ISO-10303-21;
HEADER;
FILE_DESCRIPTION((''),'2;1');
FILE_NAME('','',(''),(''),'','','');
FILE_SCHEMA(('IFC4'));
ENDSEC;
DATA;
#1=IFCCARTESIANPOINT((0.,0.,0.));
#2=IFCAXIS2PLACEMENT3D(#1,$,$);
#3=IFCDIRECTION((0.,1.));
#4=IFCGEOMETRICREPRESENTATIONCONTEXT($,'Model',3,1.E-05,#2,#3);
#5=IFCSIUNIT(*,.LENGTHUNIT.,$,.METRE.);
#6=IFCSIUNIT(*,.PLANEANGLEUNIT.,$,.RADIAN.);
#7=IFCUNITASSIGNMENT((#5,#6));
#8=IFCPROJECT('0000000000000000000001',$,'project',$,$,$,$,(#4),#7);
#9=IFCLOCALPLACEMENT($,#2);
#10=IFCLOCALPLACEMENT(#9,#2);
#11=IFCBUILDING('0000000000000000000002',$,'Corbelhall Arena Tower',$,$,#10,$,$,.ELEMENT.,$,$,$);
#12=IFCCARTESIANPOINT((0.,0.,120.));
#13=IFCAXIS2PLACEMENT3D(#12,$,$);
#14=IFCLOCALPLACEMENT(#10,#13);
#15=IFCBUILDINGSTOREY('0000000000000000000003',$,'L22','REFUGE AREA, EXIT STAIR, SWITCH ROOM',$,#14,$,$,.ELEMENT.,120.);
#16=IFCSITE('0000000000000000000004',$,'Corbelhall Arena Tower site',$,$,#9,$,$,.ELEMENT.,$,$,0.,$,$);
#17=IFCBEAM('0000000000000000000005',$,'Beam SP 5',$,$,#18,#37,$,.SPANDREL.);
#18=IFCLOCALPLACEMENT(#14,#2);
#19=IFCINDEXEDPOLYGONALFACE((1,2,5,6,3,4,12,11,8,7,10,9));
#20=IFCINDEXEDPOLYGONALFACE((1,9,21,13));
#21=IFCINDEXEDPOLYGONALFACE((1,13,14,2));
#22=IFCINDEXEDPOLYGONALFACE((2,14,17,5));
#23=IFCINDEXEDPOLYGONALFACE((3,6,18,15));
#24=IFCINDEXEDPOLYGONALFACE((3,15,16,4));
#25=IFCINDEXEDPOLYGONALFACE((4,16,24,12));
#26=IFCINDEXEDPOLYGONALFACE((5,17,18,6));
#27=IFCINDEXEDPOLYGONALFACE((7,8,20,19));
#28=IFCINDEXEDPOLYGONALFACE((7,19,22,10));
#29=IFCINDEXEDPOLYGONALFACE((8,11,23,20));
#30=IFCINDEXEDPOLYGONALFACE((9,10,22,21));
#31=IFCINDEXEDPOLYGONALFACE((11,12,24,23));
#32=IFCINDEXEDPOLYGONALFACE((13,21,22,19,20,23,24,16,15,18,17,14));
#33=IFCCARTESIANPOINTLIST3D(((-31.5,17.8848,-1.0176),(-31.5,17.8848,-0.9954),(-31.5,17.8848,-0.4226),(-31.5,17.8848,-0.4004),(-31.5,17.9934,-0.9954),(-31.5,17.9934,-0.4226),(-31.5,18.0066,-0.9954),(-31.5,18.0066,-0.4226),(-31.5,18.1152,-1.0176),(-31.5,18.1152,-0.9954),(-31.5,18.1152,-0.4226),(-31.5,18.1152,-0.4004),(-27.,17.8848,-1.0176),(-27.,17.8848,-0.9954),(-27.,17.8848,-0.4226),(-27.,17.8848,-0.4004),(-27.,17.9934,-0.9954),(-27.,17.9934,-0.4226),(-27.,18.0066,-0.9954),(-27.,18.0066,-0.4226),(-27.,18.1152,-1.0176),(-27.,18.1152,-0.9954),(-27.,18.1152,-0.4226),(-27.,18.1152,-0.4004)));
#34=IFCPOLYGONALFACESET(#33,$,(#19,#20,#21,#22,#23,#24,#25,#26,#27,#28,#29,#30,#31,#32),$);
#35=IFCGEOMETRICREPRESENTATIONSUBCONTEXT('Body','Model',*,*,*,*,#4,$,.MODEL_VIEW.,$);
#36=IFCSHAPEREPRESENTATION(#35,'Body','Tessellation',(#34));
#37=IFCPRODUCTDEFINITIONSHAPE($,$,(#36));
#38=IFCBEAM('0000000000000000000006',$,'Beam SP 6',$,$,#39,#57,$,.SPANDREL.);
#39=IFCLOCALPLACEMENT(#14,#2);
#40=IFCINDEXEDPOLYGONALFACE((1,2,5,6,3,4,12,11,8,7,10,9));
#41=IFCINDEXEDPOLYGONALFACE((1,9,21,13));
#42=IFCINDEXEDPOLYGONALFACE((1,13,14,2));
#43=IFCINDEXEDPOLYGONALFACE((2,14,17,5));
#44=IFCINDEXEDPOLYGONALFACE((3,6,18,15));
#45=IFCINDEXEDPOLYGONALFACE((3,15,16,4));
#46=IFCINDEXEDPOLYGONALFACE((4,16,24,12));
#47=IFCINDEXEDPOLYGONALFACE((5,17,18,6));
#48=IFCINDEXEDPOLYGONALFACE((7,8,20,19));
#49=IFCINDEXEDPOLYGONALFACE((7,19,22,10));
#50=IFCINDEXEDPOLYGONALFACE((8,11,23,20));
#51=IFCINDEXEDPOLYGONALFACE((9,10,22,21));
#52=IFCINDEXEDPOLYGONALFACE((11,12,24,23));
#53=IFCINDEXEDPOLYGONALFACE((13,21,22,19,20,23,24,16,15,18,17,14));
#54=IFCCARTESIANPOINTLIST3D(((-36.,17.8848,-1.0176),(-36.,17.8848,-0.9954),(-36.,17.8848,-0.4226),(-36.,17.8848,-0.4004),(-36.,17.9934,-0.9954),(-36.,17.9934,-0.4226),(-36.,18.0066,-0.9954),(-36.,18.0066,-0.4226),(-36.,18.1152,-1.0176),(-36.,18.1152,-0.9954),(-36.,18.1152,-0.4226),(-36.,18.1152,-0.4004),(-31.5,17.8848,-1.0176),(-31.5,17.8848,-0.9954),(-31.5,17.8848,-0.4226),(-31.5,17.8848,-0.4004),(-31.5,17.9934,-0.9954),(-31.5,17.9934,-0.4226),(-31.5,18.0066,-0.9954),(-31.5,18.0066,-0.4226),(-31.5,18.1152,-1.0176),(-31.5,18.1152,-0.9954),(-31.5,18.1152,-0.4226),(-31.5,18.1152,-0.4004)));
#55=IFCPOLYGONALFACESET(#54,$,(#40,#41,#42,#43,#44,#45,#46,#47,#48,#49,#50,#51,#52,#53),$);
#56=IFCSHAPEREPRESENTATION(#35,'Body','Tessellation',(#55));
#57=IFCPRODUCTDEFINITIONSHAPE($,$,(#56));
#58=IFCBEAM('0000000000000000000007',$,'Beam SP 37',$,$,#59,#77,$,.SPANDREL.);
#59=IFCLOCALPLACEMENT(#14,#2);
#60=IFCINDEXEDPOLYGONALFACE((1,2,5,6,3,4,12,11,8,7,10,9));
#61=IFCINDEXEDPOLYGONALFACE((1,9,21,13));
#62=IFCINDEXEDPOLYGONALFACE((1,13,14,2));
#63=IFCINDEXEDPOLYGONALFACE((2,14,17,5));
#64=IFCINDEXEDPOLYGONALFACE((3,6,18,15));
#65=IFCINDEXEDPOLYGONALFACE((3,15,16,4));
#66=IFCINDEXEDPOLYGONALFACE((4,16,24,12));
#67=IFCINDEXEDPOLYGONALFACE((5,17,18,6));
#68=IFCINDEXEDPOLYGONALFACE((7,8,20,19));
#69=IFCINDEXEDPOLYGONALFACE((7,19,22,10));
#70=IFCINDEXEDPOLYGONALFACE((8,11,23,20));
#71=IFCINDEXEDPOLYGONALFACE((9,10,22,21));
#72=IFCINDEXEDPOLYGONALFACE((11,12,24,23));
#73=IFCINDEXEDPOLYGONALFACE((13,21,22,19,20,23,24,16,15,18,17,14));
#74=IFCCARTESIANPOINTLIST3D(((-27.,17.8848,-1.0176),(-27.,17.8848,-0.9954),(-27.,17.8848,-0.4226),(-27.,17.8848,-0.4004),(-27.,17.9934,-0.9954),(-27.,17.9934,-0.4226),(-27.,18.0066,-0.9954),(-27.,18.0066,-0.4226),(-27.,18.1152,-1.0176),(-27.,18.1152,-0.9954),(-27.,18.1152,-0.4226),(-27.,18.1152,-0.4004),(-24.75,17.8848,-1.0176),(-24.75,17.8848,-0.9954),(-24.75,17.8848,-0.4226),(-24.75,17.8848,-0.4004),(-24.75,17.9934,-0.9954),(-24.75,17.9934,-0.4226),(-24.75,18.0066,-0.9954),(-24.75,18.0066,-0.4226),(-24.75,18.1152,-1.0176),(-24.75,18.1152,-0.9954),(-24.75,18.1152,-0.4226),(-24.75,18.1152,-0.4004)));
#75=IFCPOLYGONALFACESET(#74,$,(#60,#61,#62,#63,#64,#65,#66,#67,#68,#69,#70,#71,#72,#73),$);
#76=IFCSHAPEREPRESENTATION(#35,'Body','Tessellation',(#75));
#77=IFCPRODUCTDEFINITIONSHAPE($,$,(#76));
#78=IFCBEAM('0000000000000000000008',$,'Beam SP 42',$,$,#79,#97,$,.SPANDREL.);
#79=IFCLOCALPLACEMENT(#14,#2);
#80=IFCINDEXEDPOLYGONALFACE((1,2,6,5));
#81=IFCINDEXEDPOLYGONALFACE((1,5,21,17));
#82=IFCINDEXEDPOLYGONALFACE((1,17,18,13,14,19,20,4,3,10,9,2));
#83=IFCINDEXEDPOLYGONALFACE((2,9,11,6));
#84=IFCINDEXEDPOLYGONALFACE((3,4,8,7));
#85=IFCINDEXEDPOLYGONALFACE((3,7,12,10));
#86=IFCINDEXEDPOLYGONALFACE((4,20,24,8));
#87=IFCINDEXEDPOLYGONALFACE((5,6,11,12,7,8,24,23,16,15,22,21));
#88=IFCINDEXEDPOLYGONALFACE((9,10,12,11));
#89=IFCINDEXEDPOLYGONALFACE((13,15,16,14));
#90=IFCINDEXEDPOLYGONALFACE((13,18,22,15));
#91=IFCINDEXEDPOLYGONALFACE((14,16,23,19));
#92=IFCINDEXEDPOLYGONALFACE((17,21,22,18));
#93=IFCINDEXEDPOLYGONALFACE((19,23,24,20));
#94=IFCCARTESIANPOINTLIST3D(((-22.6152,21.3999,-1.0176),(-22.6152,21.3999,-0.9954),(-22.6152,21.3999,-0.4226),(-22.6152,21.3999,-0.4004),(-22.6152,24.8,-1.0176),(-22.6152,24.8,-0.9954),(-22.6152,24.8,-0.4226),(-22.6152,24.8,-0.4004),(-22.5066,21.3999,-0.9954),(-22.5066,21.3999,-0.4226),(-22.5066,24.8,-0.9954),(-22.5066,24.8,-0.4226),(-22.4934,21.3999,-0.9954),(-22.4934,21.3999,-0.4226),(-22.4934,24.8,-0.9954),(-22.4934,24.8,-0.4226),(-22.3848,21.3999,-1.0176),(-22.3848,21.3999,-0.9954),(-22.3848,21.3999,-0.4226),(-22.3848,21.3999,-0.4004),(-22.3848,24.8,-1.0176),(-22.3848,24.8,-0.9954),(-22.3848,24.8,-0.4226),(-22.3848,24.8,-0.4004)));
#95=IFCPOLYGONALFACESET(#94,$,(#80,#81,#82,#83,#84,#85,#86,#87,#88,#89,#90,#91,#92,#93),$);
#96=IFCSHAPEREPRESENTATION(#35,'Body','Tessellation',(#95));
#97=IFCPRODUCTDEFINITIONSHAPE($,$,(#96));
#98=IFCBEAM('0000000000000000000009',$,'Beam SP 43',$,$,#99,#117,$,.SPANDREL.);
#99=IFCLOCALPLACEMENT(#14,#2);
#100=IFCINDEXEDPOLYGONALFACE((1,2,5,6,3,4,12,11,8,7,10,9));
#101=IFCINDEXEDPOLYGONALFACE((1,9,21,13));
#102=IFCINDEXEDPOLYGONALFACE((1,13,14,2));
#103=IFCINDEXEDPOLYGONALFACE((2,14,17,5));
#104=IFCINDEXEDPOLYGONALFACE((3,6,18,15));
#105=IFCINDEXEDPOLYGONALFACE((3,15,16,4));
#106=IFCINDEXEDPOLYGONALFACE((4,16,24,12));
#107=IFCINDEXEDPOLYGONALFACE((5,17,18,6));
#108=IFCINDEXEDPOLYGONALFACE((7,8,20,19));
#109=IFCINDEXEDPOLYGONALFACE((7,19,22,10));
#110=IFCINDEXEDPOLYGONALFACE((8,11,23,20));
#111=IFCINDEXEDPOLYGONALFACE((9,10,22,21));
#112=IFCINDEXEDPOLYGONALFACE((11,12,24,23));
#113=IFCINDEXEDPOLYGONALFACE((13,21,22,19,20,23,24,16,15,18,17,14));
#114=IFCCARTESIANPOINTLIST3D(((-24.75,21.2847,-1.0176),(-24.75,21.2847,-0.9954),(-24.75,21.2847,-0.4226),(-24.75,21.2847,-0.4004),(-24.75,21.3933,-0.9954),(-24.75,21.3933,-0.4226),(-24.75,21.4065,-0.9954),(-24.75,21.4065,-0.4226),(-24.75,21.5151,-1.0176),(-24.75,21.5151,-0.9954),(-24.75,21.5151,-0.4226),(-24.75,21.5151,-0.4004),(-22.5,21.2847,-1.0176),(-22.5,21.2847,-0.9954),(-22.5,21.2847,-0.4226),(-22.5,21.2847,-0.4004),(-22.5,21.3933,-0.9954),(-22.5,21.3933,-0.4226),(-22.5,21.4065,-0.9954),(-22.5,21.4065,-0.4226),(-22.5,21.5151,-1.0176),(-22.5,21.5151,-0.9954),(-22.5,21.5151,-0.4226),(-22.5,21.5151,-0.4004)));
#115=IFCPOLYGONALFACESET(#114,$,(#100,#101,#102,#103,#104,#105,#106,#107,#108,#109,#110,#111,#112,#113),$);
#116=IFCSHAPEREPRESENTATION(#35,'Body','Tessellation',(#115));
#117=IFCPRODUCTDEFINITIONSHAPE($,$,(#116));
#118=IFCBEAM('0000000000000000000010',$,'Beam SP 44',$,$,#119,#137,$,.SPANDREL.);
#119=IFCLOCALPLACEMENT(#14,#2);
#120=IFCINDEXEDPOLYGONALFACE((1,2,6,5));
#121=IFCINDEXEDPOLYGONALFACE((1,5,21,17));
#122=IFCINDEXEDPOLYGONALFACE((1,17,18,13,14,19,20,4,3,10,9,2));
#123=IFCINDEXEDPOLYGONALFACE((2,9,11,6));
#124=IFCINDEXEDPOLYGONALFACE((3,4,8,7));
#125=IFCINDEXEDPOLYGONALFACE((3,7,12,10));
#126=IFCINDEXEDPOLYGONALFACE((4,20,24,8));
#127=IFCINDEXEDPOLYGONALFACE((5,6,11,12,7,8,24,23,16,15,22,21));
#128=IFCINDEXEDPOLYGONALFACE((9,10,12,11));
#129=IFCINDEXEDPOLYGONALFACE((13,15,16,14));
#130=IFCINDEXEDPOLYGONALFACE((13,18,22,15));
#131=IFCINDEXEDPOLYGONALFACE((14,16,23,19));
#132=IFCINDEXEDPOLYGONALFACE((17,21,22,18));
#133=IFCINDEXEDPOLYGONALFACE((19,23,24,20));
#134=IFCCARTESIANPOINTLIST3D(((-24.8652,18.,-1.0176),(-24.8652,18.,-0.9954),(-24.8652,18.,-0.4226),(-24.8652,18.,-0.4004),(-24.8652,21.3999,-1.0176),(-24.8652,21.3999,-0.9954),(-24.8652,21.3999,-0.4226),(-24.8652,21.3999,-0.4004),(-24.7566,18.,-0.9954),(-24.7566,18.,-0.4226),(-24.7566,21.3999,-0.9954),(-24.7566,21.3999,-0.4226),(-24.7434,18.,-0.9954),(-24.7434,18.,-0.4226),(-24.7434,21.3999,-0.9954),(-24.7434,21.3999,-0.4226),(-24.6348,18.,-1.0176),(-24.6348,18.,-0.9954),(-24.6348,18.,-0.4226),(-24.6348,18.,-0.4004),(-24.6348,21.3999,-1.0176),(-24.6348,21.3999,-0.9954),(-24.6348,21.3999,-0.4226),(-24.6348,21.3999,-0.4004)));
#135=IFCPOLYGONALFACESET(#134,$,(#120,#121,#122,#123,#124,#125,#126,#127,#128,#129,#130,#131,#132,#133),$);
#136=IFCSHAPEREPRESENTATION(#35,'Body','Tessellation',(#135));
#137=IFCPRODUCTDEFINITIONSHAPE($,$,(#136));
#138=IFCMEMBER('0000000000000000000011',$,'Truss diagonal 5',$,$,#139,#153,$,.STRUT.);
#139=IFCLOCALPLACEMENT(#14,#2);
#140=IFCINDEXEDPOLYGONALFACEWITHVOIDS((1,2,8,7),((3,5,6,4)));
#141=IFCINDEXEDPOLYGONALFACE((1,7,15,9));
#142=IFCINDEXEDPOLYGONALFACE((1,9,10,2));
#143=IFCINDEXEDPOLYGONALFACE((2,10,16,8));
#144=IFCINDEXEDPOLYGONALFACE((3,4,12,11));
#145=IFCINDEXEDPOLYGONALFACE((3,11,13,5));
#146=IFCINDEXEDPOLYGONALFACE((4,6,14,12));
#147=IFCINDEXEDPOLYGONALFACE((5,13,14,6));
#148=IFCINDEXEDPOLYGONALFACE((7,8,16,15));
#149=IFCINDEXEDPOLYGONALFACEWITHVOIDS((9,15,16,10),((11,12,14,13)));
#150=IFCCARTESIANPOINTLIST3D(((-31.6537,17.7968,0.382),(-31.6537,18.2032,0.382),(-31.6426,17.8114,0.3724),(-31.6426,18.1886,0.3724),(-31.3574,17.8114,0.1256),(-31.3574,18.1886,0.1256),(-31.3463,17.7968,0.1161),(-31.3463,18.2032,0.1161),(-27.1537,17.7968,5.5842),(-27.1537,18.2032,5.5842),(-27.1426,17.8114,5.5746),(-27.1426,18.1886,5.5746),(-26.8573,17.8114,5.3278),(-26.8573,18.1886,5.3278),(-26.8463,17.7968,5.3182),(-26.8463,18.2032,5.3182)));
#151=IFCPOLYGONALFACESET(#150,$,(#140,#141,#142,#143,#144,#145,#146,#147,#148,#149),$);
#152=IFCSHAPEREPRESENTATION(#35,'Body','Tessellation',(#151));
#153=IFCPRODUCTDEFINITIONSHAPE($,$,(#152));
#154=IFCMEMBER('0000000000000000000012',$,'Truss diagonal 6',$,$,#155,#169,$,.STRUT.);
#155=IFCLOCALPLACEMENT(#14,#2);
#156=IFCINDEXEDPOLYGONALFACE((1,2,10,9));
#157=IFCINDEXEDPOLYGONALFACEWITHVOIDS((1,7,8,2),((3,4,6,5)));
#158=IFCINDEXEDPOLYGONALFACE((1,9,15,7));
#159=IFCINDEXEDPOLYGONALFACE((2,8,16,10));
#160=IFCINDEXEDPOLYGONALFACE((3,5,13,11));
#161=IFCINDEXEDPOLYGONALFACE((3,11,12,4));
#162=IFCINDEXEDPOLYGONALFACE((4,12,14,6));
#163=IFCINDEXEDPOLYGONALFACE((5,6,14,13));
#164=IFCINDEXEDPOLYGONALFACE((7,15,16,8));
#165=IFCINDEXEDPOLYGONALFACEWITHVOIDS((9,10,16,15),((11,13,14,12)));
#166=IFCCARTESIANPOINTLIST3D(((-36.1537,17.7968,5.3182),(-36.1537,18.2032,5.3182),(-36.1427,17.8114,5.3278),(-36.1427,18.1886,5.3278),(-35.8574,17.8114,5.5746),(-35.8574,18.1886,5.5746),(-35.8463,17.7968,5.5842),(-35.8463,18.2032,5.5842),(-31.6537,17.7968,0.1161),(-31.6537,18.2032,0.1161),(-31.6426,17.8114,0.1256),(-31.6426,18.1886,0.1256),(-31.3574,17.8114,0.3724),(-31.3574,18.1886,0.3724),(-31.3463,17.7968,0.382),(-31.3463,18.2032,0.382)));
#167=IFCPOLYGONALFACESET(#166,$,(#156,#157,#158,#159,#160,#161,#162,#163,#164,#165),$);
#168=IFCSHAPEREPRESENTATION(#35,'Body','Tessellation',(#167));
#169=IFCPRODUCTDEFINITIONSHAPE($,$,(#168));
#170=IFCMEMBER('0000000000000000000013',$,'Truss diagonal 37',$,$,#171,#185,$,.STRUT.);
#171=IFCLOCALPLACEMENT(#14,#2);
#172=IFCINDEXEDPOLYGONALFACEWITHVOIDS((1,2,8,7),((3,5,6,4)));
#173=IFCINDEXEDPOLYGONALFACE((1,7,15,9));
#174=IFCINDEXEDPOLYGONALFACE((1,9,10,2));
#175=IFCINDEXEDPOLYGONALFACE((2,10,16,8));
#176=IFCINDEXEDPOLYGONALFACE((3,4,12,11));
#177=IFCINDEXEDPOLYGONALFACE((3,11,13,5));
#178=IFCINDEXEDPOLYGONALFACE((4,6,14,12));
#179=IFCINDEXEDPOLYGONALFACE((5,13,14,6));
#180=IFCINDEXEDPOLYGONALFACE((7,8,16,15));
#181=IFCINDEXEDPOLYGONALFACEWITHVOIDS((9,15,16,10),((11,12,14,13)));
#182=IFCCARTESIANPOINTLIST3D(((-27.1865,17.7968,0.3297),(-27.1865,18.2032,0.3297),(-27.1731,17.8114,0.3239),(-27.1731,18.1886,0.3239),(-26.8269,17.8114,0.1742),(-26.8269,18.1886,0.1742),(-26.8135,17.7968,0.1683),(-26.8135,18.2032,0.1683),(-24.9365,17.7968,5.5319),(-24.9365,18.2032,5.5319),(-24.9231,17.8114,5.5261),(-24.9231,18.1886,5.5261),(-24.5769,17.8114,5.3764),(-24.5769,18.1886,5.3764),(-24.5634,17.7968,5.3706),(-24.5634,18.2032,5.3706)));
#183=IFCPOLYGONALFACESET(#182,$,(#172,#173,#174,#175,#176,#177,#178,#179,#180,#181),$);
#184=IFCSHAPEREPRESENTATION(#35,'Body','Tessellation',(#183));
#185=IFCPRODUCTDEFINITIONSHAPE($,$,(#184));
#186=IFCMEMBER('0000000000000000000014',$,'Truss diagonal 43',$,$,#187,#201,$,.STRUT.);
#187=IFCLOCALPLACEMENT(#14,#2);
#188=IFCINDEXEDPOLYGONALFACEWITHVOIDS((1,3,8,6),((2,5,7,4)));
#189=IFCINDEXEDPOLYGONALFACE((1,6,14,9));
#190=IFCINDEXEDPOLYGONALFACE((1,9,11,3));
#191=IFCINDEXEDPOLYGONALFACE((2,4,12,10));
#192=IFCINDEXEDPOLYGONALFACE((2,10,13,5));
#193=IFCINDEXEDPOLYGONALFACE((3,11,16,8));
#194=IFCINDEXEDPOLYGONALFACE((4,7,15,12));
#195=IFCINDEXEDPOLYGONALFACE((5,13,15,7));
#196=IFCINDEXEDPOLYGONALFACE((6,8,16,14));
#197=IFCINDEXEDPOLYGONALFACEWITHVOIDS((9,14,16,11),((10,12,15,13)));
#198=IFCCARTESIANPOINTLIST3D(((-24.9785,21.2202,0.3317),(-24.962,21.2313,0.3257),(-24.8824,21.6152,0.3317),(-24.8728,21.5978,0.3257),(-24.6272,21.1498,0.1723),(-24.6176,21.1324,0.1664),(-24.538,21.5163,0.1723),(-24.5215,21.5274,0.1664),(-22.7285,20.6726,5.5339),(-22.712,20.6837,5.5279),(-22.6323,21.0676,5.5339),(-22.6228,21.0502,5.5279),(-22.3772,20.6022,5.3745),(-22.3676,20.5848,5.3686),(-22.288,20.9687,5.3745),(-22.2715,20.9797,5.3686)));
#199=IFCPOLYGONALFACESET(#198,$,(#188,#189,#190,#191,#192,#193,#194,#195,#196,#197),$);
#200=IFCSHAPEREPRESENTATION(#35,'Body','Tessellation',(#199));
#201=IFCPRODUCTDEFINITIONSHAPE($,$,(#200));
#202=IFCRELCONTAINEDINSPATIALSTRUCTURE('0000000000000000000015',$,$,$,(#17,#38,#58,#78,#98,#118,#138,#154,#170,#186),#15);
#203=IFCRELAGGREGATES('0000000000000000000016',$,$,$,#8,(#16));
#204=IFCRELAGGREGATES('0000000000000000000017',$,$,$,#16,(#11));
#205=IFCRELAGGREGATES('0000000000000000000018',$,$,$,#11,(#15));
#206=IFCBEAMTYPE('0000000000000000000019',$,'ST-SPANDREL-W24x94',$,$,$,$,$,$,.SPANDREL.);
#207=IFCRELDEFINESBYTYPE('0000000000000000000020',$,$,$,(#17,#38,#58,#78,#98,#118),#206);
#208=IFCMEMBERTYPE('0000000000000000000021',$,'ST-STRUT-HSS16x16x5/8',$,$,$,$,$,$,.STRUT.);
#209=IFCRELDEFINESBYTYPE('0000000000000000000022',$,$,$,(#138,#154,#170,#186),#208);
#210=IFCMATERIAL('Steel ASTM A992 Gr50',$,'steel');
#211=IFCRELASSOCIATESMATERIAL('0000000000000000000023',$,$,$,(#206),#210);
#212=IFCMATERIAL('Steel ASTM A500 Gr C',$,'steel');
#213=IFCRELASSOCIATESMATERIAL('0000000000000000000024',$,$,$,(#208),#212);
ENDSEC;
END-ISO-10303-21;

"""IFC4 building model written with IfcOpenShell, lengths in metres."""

from ifc_helpers import new_model, si_unit, direction, frame, origin, origin_2d, place, context, subcontext, project, spatial, hollow_rectangle, i_section, extrude, material, material_profile, profile_set, type_object, element, save


model = new_model("IFC4")

# Units and contexts
model_context = context("Model", 3, precision=1e-05, world=origin(), true_north=direction((0.0, 1.0)))
body_context = subcontext(model_context, "Body", "Model", "MODEL_VIEW")
ifc_project = project(units=[si_unit("LENGTHUNIT", "METRE"), si_unit("PLANEANGLEUNIT", "RADIAN")], contexts=[model_context])

# Site, building, storey
site_placement = place(None, origin())
site = spatial("IfcSite", under=ifc_project, at=site_placement, Name="Corbelhall Arena Tower site", CompositionType="ELEMENT", RefElevation=0.0)
building_placement = place(site_placement, origin())
building = spatial("IfcBuilding", under=site, at=building_placement, Name="Corbelhall Arena Tower", CompositionType="ELEMENT")
storey_placement = place(building_placement, frame((0.0, 0.0, 120.0)))
storey = spatial("IfcBuildingStorey", under=building, at=storey_placement, Name="L22", Description="REFUGE AREA, EXIT STAIR, SWITCH ROOM", CompositionType="ELEMENT", Elevation=120.0)

# Beams
ifc_material_1 = material(Name="Steel ASTM A992 Gr50", Category="steel")
ifc_material_profile_1 = material_profile(ifc_material_1, i_section(OverallWidth=0.2305, OverallDepth=0.6172, WebThickness=0.0132, FlangeThickness=0.0222, at=origin_2d()))
ifc_profile_set_1 = profile_set([ifc_material_profile_1], Name="Steel ASTM A992 Gr50")
beam_type = type_object("IfcBeamType", Name="ST-SPANDREL-W24x94", PredefinedType="SPANDREL", material=ifc_profile_set_1)
for number, where, z_axis, x_axis, name in (
    (1, (-31.5, 18.0, -0.709), (1.0, 0.0, 0.0), (0.0, 1.0, 0.0), "Beam SP 5"),
    (2, (-36.0, 18.0, -0.709), (1.0, 0.0, 0.0), (0.0, 1.0, 0.0), "Beam SP 6"),
):
    element("IfcBeam", number, at=place(storey_placement, frame(where, z_axis=z_axis, x_axis=x_axis)), inside=storey, type_object=beam_type, Name=name, PredefinedType="SPANDREL", context=body_context, shape_type="SweptSolid", body=[
        extrude(i_section(OverallWidth=0.2305, OverallDepth=0.6172, WebThickness=0.0132, FlangeThickness=0.0222, at=origin_2d()), origin(), (0.0, 0.0, 1.0), 4.5),
    ])
beam_1_placement = place(storey_placement, frame((-27.0, 18.0, -0.709), z_axis=(1.0, 0.0, 0.0), x_axis=(0.0, 1.0, 0.0)))
element("IfcBeam", 3, at=beam_1_placement, inside=storey, type_object=beam_type, Name="Beam SP 37", PredefinedType="SPANDREL", context=body_context, shape_type="SweptSolid", body=[
    extrude(i_section(OverallWidth=0.2305, OverallDepth=0.6172, WebThickness=0.0132, FlangeThickness=0.0222, at=origin_2d()), origin(), (0.0, 0.0, 1.0), 2.25),
])
beam_2_placement = place(storey_placement, frame((-22.5, 21.3999, -0.709), z_axis=(0.0, 1.0, 0.0), x_axis=(-1.0, 0.0, 0.0)))
element("IfcBeam", 4, at=beam_2_placement, inside=storey, type_object=beam_type, Name="Beam SP 42", PredefinedType="SPANDREL", context=body_context, shape_type="SweptSolid", body=[
    extrude(i_section(OverallWidth=0.2305, OverallDepth=0.6172, WebThickness=0.0132, FlangeThickness=0.0222, at=origin_2d()), origin(), (0.0, 0.0, 1.0), 3.4001),
])
beam_3_placement = place(storey_placement, frame((-24.75, 21.3999, -0.709), z_axis=(1.0, 0.0, 0.0), x_axis=(0.0, 1.0, 0.0)))
element("IfcBeam", 5, at=beam_3_placement, inside=storey, type_object=beam_type, Name="Beam SP 43", PredefinedType="SPANDREL", context=body_context, shape_type="SweptSolid", body=[
    extrude(i_section(OverallWidth=0.2305, OverallDepth=0.6172, WebThickness=0.0132, FlangeThickness=0.0222, at=origin_2d()), origin(), (0.0, 0.0, 1.0), 2.25),
])
beam_4_placement = place(storey_placement, frame((-24.75, 18.0, -0.709), z_axis=(0.0, 1.0, 0.0), x_axis=(-1.0, 0.0, 0.0)))
element("IfcBeam", 6, at=beam_4_placement, inside=storey, type_object=beam_type, Name="Beam SP 44", PredefinedType="SPANDREL", context=body_context, shape_type="SweptSolid", body=[
    extrude(i_section(OverallWidth=0.2305, OverallDepth=0.6172, WebThickness=0.0132, FlangeThickness=0.0222, at=origin_2d()), origin(), (0.0, 0.0, 1.0), 3.3999),
])

# Members
ifc_material_2 = material(Name="Steel ASTM A500 Gr C", Category="steel")
ifc_material_profile_2 = material_profile(ifc_material_2, hollow_rectangle(XDim=0.4065, YDim=0.4065, WallThickness=0.0146, at=origin_2d()))
ifc_profile_set_2 = profile_set([ifc_material_profile_2], Name="Steel ASTM A500 Gr C")
member_type_1 = type_object("IfcMemberType", Name="ST-STRUT-HSS16x16x5/8", PredefinedType="STRUT", material=ifc_profile_set_2)
for number, where, z_axis, x_axis, name in (
    (7, (-31.5, 18.0, 0.249), (0.654222, 0.0, 0.756302), (0.0, 1.0, 0.0), "Truss diagonal 5"),
    (8, (-31.5, 18.0, 0.249), (-0.654222, 0.0, 0.756302), (0.0, -1.0, 0.0), "Truss diagonal 6"),
):
    element("IfcMember", number, at=place(storey_placement, frame(where, z_axis=z_axis, x_axis=x_axis)), inside=storey, type_object=member_type_1, Name=name, PredefinedType="STRUT", context=body_context, shape_type="SweptSolid", body=[
        extrude(hollow_rectangle(XDim=0.4065, YDim=0.4065, WallThickness=0.0146, at=origin_2d()), origin(), (0.0, 0.0, 1.0), 6.8784),
    ])
member_1_placement = place(storey_placement, frame((-27.0, 18.0, 0.249), z_axis=(0.396974, 0.0, 0.91783), x_axis=(0.0, 1.0, 0.0)))
element("IfcMember", 9, at=member_1_placement, inside=storey, type_object=member_type_1, Name="Truss diagonal 37", PredefinedType="STRUT", context=body_context, shape_type="SweptSolid", body=[
    extrude(hollow_rectangle(XDim=0.4065, YDim=0.4065, WallThickness=0.0146, at=origin_2d()), origin(), (0.0, 0.0, 1.0), 5.668),
])
member_2_placement = place(storey_placement, frame((-24.75, 21.3738, 0.249), z_axis=(0.395134, -0.096168, 0.913576), x_axis=(0.236478, 0.971637, 0.0)))
element("IfcMember", 10, at=member_2_placement, inside=storey, type_object=member_type_1, Name="Truss diagonal 43", PredefinedType="STRUT", context=body_context, shape_type="SweptSolid", body=[
    extrude(hollow_rectangle(XDim=0.4065, YDim=0.4065, WallThickness=0.0146, at=origin_2d()), origin(), (0.0, 0.0, 1.0), 5.6943),
])

save(model, "model.ifc")
